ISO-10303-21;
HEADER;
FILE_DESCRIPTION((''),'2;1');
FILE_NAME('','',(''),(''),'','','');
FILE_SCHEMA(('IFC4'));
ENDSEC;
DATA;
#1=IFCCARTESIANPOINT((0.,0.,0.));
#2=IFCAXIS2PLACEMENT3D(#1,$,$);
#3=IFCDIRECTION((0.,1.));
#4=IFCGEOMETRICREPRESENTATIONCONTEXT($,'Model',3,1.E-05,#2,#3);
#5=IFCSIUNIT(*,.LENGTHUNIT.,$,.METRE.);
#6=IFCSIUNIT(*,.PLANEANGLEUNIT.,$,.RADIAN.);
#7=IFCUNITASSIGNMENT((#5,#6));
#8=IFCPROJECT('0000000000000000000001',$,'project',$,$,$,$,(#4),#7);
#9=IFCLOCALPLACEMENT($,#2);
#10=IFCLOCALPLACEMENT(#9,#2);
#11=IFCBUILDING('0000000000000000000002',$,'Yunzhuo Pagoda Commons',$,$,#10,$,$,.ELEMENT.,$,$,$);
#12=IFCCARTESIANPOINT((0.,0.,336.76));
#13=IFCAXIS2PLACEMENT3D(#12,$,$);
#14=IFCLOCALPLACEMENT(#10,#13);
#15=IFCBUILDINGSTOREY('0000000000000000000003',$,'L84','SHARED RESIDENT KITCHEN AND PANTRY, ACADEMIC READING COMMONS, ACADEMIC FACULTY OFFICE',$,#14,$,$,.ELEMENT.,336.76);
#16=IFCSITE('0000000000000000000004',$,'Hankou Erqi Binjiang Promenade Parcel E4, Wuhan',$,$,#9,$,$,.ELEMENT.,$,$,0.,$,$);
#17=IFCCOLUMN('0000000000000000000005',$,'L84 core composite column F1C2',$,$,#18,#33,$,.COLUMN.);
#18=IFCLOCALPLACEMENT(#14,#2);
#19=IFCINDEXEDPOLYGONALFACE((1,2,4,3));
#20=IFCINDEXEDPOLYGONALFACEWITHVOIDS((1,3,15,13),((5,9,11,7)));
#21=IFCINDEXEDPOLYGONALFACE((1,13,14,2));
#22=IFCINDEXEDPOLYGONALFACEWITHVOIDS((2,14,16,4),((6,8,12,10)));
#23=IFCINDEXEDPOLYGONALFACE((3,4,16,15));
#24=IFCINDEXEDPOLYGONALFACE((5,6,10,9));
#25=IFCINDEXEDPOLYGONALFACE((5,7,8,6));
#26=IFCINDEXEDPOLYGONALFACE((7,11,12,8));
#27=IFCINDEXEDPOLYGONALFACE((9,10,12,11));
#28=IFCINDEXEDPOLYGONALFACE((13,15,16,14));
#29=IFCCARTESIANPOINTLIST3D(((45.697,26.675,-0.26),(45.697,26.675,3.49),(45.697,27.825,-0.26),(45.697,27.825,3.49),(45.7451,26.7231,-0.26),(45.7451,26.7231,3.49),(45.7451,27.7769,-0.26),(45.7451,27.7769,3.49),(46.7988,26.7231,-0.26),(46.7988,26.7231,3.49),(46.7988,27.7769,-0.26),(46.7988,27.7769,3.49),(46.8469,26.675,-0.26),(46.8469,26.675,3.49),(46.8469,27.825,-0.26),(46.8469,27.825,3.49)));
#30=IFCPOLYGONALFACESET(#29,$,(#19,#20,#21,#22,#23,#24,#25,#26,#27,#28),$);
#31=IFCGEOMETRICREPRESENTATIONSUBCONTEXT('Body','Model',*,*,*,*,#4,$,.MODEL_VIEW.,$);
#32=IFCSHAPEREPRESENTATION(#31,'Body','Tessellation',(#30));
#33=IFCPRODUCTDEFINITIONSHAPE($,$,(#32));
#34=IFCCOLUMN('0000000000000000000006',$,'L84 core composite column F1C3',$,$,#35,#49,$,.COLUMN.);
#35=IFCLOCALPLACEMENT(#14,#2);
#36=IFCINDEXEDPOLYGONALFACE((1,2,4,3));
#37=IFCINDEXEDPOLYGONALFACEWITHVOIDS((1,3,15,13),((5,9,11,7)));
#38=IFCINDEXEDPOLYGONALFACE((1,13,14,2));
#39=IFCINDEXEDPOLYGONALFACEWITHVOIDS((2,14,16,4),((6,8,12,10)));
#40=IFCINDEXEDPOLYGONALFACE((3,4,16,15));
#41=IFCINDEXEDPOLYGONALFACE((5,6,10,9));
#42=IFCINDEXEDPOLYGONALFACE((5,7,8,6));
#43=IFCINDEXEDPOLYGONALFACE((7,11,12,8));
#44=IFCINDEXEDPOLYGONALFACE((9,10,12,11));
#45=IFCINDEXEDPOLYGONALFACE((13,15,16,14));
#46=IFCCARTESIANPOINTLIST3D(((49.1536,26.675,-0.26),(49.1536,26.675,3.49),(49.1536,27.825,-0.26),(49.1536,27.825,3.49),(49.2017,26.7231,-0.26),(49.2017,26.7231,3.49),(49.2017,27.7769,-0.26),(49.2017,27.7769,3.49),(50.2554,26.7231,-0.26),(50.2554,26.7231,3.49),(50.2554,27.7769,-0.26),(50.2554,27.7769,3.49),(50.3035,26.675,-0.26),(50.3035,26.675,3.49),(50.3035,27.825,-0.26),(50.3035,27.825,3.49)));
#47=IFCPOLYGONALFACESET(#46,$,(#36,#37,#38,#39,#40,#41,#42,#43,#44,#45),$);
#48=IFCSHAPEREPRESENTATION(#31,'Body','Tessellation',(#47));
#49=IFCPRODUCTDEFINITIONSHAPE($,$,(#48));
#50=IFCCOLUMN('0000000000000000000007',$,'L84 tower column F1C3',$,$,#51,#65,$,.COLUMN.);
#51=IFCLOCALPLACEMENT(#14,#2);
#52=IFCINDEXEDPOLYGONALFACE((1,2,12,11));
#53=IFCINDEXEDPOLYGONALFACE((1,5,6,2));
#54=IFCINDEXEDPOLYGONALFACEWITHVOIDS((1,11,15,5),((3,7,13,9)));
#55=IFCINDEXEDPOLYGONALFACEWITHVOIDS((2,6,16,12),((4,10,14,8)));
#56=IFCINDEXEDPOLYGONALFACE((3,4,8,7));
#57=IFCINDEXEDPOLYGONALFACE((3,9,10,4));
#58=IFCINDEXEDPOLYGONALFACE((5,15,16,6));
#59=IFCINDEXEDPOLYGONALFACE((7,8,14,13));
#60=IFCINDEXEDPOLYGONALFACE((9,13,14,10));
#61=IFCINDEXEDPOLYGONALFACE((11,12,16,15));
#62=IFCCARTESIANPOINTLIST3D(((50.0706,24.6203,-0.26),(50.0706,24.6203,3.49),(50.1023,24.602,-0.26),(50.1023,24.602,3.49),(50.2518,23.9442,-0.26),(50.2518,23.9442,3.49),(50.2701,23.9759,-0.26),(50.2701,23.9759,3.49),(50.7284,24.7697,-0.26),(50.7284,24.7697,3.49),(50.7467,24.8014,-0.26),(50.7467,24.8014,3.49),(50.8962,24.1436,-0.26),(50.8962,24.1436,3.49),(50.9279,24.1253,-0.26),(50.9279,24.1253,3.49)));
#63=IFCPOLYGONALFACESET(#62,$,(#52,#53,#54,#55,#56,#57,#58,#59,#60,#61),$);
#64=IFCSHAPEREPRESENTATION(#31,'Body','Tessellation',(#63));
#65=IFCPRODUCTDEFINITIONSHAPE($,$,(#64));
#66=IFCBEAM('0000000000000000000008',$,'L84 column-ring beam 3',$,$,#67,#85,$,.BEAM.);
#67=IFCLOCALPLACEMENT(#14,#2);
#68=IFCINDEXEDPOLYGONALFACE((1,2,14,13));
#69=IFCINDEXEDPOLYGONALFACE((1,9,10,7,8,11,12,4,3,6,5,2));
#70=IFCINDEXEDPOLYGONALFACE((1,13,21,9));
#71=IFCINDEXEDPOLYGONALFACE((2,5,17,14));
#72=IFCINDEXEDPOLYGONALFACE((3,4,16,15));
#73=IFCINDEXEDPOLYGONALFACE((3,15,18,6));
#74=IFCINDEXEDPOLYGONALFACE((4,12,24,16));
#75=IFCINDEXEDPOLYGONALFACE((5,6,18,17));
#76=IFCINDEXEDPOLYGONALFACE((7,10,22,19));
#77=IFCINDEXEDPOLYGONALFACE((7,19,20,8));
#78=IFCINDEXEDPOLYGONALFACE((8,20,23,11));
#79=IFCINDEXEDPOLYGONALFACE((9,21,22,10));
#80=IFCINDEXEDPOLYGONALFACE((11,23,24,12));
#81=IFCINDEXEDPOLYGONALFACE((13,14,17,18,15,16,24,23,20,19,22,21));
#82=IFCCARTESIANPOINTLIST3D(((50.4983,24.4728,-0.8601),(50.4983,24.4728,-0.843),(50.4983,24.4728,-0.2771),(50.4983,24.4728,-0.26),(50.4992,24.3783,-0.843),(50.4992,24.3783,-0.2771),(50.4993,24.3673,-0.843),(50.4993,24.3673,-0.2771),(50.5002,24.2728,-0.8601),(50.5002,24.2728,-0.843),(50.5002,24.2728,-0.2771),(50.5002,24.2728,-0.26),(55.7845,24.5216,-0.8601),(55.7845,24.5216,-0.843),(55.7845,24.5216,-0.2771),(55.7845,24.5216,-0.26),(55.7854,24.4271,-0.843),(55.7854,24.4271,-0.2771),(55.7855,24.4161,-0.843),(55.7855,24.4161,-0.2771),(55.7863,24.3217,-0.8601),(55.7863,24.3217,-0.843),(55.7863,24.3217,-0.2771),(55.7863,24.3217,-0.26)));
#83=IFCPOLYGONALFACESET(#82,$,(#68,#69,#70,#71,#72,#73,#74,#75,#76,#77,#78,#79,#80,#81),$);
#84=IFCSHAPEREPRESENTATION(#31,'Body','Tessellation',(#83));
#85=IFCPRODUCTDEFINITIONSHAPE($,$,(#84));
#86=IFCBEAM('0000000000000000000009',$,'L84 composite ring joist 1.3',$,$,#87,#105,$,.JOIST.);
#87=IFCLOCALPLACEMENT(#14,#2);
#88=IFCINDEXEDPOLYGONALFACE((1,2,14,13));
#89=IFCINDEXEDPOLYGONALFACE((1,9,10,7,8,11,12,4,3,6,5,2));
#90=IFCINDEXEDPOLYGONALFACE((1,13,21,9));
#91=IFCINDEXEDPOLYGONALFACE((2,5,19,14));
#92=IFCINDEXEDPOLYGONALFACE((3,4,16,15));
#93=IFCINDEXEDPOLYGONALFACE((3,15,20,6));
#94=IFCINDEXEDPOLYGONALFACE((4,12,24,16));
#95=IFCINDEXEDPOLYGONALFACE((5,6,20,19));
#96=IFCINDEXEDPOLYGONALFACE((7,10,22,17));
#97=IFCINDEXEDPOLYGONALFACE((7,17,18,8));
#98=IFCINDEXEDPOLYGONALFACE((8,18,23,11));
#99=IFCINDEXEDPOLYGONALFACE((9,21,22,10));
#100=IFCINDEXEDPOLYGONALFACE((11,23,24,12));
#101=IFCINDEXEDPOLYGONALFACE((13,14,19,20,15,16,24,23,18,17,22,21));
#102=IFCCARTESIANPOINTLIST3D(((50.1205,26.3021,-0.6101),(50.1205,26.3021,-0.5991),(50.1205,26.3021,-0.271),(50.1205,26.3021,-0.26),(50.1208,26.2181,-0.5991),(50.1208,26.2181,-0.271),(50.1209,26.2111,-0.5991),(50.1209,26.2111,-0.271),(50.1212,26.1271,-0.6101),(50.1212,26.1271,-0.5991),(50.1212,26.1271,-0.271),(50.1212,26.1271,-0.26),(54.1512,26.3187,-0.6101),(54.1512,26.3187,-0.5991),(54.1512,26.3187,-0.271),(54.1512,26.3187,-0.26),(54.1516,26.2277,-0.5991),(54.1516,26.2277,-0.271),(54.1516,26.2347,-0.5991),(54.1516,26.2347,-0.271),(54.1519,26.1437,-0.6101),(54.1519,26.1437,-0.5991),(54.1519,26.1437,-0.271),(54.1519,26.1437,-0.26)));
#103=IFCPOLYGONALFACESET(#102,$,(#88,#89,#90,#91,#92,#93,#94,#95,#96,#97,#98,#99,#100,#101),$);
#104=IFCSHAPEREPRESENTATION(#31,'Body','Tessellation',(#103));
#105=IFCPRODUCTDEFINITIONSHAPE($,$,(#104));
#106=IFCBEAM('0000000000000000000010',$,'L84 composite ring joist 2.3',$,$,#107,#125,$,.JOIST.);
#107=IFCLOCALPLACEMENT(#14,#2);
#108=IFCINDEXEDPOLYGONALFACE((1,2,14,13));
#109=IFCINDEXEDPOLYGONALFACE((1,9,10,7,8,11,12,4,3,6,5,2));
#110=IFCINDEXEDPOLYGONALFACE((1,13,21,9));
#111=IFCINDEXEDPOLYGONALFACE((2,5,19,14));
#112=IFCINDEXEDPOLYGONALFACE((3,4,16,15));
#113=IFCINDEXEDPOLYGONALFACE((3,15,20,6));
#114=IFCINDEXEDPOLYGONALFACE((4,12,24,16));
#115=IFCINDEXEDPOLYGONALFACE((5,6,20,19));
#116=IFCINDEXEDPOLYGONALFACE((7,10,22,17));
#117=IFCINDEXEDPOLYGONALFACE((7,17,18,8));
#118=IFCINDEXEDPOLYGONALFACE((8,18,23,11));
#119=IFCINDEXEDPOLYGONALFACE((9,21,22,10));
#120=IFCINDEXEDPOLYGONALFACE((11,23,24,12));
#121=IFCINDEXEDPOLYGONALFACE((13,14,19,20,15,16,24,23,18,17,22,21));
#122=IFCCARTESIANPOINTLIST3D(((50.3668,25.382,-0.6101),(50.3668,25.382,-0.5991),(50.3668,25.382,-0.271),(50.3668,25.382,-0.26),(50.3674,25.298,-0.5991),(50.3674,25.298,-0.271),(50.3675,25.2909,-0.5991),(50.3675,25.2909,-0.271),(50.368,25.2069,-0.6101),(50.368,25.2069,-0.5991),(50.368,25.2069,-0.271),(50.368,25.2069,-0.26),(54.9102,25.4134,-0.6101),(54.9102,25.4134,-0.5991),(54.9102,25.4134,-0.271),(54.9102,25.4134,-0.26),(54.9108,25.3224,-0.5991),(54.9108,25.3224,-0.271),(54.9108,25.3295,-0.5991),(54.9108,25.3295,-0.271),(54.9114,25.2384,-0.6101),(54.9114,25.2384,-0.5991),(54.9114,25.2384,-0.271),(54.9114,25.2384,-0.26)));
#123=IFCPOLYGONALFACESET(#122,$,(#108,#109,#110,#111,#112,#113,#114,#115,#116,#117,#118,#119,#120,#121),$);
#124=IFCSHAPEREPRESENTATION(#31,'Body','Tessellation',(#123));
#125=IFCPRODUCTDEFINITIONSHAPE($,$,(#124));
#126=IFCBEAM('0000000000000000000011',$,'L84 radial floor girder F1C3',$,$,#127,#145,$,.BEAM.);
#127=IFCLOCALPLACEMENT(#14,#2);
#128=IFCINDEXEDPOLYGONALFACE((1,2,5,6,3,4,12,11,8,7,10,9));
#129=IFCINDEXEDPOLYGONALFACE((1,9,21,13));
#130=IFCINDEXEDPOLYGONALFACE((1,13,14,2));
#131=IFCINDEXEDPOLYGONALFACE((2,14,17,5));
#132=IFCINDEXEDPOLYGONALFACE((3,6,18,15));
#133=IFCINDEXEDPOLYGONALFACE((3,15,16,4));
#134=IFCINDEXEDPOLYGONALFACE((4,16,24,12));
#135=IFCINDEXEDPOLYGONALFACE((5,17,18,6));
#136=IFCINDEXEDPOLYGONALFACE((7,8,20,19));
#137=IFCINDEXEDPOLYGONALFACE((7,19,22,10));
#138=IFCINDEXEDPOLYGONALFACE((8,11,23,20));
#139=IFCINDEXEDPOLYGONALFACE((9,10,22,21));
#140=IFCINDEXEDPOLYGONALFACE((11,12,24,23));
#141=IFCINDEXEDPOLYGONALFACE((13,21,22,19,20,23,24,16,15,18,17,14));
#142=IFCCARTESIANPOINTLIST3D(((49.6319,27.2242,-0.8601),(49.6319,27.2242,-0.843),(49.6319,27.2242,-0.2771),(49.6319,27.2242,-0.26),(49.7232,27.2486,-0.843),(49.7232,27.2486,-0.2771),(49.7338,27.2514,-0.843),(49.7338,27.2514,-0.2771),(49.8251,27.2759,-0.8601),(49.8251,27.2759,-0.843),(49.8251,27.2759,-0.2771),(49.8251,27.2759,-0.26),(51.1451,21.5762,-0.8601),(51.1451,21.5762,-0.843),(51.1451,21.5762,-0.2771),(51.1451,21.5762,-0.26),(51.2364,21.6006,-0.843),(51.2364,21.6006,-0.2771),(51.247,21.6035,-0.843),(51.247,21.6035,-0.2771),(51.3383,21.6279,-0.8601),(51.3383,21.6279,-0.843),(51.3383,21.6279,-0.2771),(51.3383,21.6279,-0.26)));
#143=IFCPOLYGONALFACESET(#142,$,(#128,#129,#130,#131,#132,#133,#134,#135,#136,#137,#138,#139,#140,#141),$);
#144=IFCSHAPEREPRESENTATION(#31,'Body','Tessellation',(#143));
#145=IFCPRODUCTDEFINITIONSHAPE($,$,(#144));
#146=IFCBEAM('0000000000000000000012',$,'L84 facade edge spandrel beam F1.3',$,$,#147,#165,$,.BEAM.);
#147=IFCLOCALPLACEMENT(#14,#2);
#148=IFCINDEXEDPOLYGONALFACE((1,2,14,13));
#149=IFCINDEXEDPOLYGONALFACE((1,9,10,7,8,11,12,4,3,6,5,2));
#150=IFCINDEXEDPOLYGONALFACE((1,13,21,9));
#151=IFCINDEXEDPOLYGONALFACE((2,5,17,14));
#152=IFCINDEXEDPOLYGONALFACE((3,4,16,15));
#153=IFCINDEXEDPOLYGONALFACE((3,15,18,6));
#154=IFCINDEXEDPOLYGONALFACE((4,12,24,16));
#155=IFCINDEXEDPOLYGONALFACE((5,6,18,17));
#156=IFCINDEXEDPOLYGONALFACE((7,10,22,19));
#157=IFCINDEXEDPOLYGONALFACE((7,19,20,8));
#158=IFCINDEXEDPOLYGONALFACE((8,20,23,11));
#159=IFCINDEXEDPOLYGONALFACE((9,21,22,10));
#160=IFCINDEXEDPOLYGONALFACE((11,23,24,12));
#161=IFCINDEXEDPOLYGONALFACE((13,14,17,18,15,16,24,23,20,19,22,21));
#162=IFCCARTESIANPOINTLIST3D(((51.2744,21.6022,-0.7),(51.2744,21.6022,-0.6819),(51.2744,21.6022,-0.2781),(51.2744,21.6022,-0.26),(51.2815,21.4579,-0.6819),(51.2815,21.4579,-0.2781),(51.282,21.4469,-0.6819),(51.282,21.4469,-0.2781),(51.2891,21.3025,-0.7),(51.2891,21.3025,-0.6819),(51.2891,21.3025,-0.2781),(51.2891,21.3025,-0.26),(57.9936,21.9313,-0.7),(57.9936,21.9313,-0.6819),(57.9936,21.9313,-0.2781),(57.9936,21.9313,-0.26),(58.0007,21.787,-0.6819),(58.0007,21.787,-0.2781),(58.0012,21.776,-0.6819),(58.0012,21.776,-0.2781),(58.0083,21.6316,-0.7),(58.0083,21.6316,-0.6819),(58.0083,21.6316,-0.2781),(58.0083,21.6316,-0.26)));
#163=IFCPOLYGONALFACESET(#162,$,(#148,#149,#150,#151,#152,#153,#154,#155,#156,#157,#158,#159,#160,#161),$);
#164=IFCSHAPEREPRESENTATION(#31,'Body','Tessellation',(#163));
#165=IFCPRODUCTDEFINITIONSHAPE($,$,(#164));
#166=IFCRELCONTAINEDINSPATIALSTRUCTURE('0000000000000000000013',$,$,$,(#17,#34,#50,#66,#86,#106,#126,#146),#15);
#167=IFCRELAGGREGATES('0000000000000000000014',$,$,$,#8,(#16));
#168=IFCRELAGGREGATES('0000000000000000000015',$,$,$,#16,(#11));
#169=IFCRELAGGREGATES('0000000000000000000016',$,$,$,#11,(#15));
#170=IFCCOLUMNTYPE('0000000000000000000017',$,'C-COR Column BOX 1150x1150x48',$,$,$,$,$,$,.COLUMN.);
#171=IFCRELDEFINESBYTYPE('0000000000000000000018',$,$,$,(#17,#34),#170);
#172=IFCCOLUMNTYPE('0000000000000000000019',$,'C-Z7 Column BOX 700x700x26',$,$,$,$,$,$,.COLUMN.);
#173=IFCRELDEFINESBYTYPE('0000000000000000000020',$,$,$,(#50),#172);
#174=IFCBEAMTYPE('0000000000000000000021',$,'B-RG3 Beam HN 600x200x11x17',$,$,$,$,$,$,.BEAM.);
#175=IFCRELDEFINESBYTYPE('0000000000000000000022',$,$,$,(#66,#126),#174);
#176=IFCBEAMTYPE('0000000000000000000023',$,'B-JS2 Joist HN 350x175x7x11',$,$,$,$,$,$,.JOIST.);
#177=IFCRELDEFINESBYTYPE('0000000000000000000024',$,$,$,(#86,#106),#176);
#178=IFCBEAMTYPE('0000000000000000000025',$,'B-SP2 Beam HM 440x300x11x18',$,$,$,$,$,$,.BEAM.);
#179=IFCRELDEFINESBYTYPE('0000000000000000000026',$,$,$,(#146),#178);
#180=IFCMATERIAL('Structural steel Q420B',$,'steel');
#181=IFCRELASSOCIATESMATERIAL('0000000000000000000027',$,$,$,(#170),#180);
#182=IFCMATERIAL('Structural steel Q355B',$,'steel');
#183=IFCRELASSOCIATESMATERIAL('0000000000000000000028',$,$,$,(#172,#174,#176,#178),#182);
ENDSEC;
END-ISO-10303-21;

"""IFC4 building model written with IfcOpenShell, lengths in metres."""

from ifc_helpers import new_model, si_unit, direction, frame, origin, origin_2d, place, context, subcontext, project, spatial, hollow_rectangle, i_section, extrude, source, transform, mapped, material, material_profile, profile_set, type_object, element, save


model = new_model("IFC4")

# Units and contexts
model_context = context("Model", 3, precision=1e-05, world=origin(), true_north=direction((0.0, 1.0)))
body_context = subcontext(model_context, "Body", "Model", "MODEL_VIEW")
ifc_project = project(units=[si_unit("LENGTHUNIT", "METRE"), si_unit("PLANEANGLEUNIT", "RADIAN")], contexts=[model_context])

# Site, building, storey
site_placement = place(None, origin())
site = spatial("IfcSite", under=ifc_project, at=site_placement, Name="Hankou Erqi Binjiang Promenade Parcel E4, Wuhan", CompositionType="ELEMENT", RefElevation=0.0)
building_placement = place(site_placement, origin())
building = spatial("IfcBuilding", under=site, at=building_placement, Name="Yunzhuo Pagoda Commons", CompositionType="ELEMENT")
storey_placement = place(building_placement, frame((0.0, 0.0, 336.76)))
storey = spatial("IfcBuildingStorey", under=building, at=storey_placement, Name="L84", Description="SHARED RESIDENT KITCHEN AND PANTRY, ACADEMIC READING COMMONS, ACADEMIC FACULTY OFFICE", CompositionType="ELEMENT", Elevation=336.76)

# Columns
ifc_material_1 = material(Name="Structural steel Q420B", Category="steel")
ifc_material_profile_1 = material_profile(ifc_material_1, hollow_rectangle(XDim=1.1499, YDim=1.1499, WallThickness=0.0481, at=origin_2d()), Name="Structural steel Q420B")
ifc_profile_set_1 = profile_set([ifc_material_profile_1], Name="Structural steel Q420B")
column_type_1 = type_object("IfcColumnType", Name="C-COR Column BOX 1150x1150x48", PredefinedType="COLUMN", material=ifc_profile_set_1)
shared_shape_1 = source(origin(), body_context, "Body", "SweptSolid", [
    extrude(hollow_rectangle(XDim=1.1499, YDim=1.1499, WallThickness=0.0481, at=origin_2d()), origin(), (0.0, 0.0, 1.0), 3.75),
])
for number, where, z_axis, x_axis, name in (
    (1, (46.272, 27.25, -0.26), (0.0, 0.0, 1.0), (1.0, 0.0, 0.0), "L84 core composite column F1C2"),
    (2, (49.7285, 27.25, -0.26), (0.0, 0.0, 1.0), (1.0, 0.0, 0.0), "L84 core composite column F1C3"),
):
    element("IfcColumn", number, at=place(storey_placement, frame(where, z_axis=z_axis, x_axis=x_axis)), inside=storey, type_object=column_type_1, Name=name, PredefinedType="COLUMN", context=body_context, shape_type="MappedRepresentation", body=[
        mapped(shared_shape_1, transform((0.0, 0.0, 0.0), scale=1.0)),
    ])
ifc_material_2 = material(Name="Structural steel Q355B", Category="steel")
ifc_material_profile_2 = material_profile(ifc_material_2, hollow_rectangle(XDim=0.7, YDim=0.7, WallThickness=0.0259, at=origin_2d()), Name="Structural steel Q355B")
ifc_profile_set_2 = profile_set([ifc_material_profile_2], Name="Structural steel Q355B")
column_type_2 = type_object("IfcColumnType", Name="C-Z7 Column BOX 700x700x26", PredefinedType="COLUMN", material=ifc_profile_set_2)
shared_shape_2 = source(origin(), body_context, "Body", "SweptSolid", [
    extrude(hollow_rectangle(XDim=0.7, YDim=0.7, WallThickness=0.0259, at=origin_2d()), origin(), (0.0, 0.0, 1.0), 3.75),
])
column_placement = place(storey_placement, frame((50.4993, 24.3728, -0.26), z_axis=(0.0, 0.0, 1.0), x_axis=(0.965926, 0.258819, 0.0)))
element("IfcColumn", 3, at=column_placement, inside=storey, type_object=column_type_2, Name="L84 tower column F1C3", PredefinedType="COLUMN", context=body_context, shape_type="MappedRepresentation", body=[
    mapped(shared_shape_2, transform((0.0, 0.0, 0.0), scale=1.0)),
])

# Beams
ifc_material_profile_3 = material_profile(ifc_material_2, i_section(OverallWidth=0.2, OverallDepth=0.6001, WebThickness=0.011, FlangeThickness=0.0171, at=origin_2d()), Name="Structural steel Q355B")
ifc_profile_set_3 = profile_set([ifc_material_profile_3], Name="Structural steel Q355B")
beam_type_1 = type_object("IfcBeamType", Name="B-RG3 Beam HN 600x200x11x17", PredefinedType="BEAM", material=ifc_profile_set_3)
shared_shape_3 = source(origin(), body_context, "Body", "SweptSolid", [
    extrude(i_section(OverallWidth=0.2, OverallDepth=0.6001, WebThickness=0.011, FlangeThickness=0.0171, at=origin_2d()), origin(), (0.0, 0.0, 1.0), 5.2864),
])
beam_1_placement = place(storey_placement, frame((50.4993, 24.3728, -0.5601), z_axis=(0.999957, 0.009237, 0.0), x_axis=(-0.009237, 0.999957, 0.0)))
element("IfcBeam", 4, at=beam_1_placement, inside=storey, type_object=beam_type_1, Name="L84 column-ring beam 3", PredefinedType="BEAM", context=body_context, shape_type="MappedRepresentation", body=[
    mapped(shared_shape_3, transform((0.0, 0.0, 0.0), scale=1.0)),
])
ifc_material_profile_4 = material_profile(ifc_material_2, i_section(OverallWidth=0.175, OverallDepth=0.3501, WebThickness=0.0071, FlangeThickness=0.011, at=origin_2d()), Name="Structural steel Q355B")
ifc_profile_set_4 = profile_set([ifc_material_profile_4], Name="Structural steel Q355B")
beam_type_2 = type_object("IfcBeamType", Name="B-JS2 Joist HN 350x175x7x11", PredefinedType="JOIST", material=ifc_profile_set_4)
shared_shape_4 = source(origin(), body_context, "Body", "SweptSolid", [
    extrude(i_section(OverallWidth=0.175, OverallDepth=0.3501, WebThickness=0.0071, FlangeThickness=0.011, at=origin_2d()), origin(), (0.0, 0.0, 1.0), 4.0308),
])
beam_2_placement = place(storey_placement, frame((50.1208, 26.2146, -0.4351), z_axis=(0.999992, 0.004119, 0.0), x_axis=(-0.004119, 0.999992, 0.0)))
element("IfcBeam", 5, at=beam_2_placement, inside=storey, type_object=beam_type_2, Name="L84 composite ring joist 1.3", PredefinedType="JOIST", context=body_context, shape_type="MappedRepresentation", body=[
    mapped(shared_shape_4, transform((0.0, 0.0, 0.0), scale=1.0)),
])
shared_shape_5 = source(origin(), body_context, "Body", "SweptSolid", [
    extrude(i_section(OverallWidth=0.175, OverallDepth=0.3501, WebThickness=0.0071, FlangeThickness=0.011, at=origin_2d()), origin(), (0.0, 0.0, 1.0), 4.5435),
])
beam_3_placement = place(storey_placement, frame((50.3674, 25.2944, -0.4351), z_axis=(0.999976, 0.006932, 0.0), x_axis=(-0.006932, 0.999976, 0.0)))
element("IfcBeam", 6, at=beam_3_placement, inside=storey, type_object=beam_type_2, Name="L84 composite ring joist 2.3", PredefinedType="JOIST", context=body_context, shape_type="MappedRepresentation", body=[
    mapped(shared_shape_5, transform((0.0, 0.0, 0.0), scale=1.0)),
])
shared_shape_6 = source(origin(), body_context, "Body", "SweptSolid", [
    extrude(i_section(OverallWidth=0.2, OverallDepth=0.6001, WebThickness=0.011, FlangeThickness=0.0171, at=origin_2d()), origin(), (0.0, 0.0, 1.0), 5.8472),
])
beam_4_placement = place(storey_placement, frame((51.2417, 21.6021, -0.5601), z_axis=(-0.25879, 0.965934, 0.0), x_axis=(-0.965934, -0.25879, 0.0)))
element("IfcBeam", 7, at=beam_4_placement, inside=storey, type_object=beam_type_1, Name="L84 radial floor girder F1C3", PredefinedType="BEAM", context=body_context, shape_type="MappedRepresentation", body=[
    mapped(shared_shape_6, transform((0.0, 0.0, 0.0), scale=1.0)),
])
ifc_material_profile_5 = material_profile(ifc_material_2, i_section(OverallWidth=0.3, OverallDepth=0.4399, WebThickness=0.011, FlangeThickness=0.0181, at=origin_2d()), Name="Structural steel Q355B")
ifc_profile_set_5 = profile_set([ifc_material_profile_5], Name="Structural steel Q355B")
beam_type_3 = type_object("IfcBeamType", Name="B-SP2 Beam HM 440x300x11x18", PredefinedType="BEAM", material=ifc_profile_set_5)
shared_shape_7 = source(origin(), body_context, "Body", "SweptSolid", [
    extrude(i_section(OverallWidth=0.3, OverallDepth=0.4399, WebThickness=0.011, FlangeThickness=0.0181, at=origin_2d()), origin(), (0.0, 0.0, 1.0), 6.7273),
])
beam_5_placement = place(storey_placement, frame((51.2817, 21.4524, -0.48), z_axis=(0.998803, 0.04892, 0.0), x_axis=(-0.04892, 0.998803, 0.0)))
element("IfcBeam", 8, at=beam_5_placement, inside=storey, type_object=beam_type_3, Name="L84 facade edge spandrel beam F1.3", PredefinedType="BEAM", context=body_context, shape_type="MappedRepresentation", body=[
    mapped(shared_shape_7, transform((0.0, 0.0, 0.0), scale=1.0)),
])

save(model, "model.ifc")
